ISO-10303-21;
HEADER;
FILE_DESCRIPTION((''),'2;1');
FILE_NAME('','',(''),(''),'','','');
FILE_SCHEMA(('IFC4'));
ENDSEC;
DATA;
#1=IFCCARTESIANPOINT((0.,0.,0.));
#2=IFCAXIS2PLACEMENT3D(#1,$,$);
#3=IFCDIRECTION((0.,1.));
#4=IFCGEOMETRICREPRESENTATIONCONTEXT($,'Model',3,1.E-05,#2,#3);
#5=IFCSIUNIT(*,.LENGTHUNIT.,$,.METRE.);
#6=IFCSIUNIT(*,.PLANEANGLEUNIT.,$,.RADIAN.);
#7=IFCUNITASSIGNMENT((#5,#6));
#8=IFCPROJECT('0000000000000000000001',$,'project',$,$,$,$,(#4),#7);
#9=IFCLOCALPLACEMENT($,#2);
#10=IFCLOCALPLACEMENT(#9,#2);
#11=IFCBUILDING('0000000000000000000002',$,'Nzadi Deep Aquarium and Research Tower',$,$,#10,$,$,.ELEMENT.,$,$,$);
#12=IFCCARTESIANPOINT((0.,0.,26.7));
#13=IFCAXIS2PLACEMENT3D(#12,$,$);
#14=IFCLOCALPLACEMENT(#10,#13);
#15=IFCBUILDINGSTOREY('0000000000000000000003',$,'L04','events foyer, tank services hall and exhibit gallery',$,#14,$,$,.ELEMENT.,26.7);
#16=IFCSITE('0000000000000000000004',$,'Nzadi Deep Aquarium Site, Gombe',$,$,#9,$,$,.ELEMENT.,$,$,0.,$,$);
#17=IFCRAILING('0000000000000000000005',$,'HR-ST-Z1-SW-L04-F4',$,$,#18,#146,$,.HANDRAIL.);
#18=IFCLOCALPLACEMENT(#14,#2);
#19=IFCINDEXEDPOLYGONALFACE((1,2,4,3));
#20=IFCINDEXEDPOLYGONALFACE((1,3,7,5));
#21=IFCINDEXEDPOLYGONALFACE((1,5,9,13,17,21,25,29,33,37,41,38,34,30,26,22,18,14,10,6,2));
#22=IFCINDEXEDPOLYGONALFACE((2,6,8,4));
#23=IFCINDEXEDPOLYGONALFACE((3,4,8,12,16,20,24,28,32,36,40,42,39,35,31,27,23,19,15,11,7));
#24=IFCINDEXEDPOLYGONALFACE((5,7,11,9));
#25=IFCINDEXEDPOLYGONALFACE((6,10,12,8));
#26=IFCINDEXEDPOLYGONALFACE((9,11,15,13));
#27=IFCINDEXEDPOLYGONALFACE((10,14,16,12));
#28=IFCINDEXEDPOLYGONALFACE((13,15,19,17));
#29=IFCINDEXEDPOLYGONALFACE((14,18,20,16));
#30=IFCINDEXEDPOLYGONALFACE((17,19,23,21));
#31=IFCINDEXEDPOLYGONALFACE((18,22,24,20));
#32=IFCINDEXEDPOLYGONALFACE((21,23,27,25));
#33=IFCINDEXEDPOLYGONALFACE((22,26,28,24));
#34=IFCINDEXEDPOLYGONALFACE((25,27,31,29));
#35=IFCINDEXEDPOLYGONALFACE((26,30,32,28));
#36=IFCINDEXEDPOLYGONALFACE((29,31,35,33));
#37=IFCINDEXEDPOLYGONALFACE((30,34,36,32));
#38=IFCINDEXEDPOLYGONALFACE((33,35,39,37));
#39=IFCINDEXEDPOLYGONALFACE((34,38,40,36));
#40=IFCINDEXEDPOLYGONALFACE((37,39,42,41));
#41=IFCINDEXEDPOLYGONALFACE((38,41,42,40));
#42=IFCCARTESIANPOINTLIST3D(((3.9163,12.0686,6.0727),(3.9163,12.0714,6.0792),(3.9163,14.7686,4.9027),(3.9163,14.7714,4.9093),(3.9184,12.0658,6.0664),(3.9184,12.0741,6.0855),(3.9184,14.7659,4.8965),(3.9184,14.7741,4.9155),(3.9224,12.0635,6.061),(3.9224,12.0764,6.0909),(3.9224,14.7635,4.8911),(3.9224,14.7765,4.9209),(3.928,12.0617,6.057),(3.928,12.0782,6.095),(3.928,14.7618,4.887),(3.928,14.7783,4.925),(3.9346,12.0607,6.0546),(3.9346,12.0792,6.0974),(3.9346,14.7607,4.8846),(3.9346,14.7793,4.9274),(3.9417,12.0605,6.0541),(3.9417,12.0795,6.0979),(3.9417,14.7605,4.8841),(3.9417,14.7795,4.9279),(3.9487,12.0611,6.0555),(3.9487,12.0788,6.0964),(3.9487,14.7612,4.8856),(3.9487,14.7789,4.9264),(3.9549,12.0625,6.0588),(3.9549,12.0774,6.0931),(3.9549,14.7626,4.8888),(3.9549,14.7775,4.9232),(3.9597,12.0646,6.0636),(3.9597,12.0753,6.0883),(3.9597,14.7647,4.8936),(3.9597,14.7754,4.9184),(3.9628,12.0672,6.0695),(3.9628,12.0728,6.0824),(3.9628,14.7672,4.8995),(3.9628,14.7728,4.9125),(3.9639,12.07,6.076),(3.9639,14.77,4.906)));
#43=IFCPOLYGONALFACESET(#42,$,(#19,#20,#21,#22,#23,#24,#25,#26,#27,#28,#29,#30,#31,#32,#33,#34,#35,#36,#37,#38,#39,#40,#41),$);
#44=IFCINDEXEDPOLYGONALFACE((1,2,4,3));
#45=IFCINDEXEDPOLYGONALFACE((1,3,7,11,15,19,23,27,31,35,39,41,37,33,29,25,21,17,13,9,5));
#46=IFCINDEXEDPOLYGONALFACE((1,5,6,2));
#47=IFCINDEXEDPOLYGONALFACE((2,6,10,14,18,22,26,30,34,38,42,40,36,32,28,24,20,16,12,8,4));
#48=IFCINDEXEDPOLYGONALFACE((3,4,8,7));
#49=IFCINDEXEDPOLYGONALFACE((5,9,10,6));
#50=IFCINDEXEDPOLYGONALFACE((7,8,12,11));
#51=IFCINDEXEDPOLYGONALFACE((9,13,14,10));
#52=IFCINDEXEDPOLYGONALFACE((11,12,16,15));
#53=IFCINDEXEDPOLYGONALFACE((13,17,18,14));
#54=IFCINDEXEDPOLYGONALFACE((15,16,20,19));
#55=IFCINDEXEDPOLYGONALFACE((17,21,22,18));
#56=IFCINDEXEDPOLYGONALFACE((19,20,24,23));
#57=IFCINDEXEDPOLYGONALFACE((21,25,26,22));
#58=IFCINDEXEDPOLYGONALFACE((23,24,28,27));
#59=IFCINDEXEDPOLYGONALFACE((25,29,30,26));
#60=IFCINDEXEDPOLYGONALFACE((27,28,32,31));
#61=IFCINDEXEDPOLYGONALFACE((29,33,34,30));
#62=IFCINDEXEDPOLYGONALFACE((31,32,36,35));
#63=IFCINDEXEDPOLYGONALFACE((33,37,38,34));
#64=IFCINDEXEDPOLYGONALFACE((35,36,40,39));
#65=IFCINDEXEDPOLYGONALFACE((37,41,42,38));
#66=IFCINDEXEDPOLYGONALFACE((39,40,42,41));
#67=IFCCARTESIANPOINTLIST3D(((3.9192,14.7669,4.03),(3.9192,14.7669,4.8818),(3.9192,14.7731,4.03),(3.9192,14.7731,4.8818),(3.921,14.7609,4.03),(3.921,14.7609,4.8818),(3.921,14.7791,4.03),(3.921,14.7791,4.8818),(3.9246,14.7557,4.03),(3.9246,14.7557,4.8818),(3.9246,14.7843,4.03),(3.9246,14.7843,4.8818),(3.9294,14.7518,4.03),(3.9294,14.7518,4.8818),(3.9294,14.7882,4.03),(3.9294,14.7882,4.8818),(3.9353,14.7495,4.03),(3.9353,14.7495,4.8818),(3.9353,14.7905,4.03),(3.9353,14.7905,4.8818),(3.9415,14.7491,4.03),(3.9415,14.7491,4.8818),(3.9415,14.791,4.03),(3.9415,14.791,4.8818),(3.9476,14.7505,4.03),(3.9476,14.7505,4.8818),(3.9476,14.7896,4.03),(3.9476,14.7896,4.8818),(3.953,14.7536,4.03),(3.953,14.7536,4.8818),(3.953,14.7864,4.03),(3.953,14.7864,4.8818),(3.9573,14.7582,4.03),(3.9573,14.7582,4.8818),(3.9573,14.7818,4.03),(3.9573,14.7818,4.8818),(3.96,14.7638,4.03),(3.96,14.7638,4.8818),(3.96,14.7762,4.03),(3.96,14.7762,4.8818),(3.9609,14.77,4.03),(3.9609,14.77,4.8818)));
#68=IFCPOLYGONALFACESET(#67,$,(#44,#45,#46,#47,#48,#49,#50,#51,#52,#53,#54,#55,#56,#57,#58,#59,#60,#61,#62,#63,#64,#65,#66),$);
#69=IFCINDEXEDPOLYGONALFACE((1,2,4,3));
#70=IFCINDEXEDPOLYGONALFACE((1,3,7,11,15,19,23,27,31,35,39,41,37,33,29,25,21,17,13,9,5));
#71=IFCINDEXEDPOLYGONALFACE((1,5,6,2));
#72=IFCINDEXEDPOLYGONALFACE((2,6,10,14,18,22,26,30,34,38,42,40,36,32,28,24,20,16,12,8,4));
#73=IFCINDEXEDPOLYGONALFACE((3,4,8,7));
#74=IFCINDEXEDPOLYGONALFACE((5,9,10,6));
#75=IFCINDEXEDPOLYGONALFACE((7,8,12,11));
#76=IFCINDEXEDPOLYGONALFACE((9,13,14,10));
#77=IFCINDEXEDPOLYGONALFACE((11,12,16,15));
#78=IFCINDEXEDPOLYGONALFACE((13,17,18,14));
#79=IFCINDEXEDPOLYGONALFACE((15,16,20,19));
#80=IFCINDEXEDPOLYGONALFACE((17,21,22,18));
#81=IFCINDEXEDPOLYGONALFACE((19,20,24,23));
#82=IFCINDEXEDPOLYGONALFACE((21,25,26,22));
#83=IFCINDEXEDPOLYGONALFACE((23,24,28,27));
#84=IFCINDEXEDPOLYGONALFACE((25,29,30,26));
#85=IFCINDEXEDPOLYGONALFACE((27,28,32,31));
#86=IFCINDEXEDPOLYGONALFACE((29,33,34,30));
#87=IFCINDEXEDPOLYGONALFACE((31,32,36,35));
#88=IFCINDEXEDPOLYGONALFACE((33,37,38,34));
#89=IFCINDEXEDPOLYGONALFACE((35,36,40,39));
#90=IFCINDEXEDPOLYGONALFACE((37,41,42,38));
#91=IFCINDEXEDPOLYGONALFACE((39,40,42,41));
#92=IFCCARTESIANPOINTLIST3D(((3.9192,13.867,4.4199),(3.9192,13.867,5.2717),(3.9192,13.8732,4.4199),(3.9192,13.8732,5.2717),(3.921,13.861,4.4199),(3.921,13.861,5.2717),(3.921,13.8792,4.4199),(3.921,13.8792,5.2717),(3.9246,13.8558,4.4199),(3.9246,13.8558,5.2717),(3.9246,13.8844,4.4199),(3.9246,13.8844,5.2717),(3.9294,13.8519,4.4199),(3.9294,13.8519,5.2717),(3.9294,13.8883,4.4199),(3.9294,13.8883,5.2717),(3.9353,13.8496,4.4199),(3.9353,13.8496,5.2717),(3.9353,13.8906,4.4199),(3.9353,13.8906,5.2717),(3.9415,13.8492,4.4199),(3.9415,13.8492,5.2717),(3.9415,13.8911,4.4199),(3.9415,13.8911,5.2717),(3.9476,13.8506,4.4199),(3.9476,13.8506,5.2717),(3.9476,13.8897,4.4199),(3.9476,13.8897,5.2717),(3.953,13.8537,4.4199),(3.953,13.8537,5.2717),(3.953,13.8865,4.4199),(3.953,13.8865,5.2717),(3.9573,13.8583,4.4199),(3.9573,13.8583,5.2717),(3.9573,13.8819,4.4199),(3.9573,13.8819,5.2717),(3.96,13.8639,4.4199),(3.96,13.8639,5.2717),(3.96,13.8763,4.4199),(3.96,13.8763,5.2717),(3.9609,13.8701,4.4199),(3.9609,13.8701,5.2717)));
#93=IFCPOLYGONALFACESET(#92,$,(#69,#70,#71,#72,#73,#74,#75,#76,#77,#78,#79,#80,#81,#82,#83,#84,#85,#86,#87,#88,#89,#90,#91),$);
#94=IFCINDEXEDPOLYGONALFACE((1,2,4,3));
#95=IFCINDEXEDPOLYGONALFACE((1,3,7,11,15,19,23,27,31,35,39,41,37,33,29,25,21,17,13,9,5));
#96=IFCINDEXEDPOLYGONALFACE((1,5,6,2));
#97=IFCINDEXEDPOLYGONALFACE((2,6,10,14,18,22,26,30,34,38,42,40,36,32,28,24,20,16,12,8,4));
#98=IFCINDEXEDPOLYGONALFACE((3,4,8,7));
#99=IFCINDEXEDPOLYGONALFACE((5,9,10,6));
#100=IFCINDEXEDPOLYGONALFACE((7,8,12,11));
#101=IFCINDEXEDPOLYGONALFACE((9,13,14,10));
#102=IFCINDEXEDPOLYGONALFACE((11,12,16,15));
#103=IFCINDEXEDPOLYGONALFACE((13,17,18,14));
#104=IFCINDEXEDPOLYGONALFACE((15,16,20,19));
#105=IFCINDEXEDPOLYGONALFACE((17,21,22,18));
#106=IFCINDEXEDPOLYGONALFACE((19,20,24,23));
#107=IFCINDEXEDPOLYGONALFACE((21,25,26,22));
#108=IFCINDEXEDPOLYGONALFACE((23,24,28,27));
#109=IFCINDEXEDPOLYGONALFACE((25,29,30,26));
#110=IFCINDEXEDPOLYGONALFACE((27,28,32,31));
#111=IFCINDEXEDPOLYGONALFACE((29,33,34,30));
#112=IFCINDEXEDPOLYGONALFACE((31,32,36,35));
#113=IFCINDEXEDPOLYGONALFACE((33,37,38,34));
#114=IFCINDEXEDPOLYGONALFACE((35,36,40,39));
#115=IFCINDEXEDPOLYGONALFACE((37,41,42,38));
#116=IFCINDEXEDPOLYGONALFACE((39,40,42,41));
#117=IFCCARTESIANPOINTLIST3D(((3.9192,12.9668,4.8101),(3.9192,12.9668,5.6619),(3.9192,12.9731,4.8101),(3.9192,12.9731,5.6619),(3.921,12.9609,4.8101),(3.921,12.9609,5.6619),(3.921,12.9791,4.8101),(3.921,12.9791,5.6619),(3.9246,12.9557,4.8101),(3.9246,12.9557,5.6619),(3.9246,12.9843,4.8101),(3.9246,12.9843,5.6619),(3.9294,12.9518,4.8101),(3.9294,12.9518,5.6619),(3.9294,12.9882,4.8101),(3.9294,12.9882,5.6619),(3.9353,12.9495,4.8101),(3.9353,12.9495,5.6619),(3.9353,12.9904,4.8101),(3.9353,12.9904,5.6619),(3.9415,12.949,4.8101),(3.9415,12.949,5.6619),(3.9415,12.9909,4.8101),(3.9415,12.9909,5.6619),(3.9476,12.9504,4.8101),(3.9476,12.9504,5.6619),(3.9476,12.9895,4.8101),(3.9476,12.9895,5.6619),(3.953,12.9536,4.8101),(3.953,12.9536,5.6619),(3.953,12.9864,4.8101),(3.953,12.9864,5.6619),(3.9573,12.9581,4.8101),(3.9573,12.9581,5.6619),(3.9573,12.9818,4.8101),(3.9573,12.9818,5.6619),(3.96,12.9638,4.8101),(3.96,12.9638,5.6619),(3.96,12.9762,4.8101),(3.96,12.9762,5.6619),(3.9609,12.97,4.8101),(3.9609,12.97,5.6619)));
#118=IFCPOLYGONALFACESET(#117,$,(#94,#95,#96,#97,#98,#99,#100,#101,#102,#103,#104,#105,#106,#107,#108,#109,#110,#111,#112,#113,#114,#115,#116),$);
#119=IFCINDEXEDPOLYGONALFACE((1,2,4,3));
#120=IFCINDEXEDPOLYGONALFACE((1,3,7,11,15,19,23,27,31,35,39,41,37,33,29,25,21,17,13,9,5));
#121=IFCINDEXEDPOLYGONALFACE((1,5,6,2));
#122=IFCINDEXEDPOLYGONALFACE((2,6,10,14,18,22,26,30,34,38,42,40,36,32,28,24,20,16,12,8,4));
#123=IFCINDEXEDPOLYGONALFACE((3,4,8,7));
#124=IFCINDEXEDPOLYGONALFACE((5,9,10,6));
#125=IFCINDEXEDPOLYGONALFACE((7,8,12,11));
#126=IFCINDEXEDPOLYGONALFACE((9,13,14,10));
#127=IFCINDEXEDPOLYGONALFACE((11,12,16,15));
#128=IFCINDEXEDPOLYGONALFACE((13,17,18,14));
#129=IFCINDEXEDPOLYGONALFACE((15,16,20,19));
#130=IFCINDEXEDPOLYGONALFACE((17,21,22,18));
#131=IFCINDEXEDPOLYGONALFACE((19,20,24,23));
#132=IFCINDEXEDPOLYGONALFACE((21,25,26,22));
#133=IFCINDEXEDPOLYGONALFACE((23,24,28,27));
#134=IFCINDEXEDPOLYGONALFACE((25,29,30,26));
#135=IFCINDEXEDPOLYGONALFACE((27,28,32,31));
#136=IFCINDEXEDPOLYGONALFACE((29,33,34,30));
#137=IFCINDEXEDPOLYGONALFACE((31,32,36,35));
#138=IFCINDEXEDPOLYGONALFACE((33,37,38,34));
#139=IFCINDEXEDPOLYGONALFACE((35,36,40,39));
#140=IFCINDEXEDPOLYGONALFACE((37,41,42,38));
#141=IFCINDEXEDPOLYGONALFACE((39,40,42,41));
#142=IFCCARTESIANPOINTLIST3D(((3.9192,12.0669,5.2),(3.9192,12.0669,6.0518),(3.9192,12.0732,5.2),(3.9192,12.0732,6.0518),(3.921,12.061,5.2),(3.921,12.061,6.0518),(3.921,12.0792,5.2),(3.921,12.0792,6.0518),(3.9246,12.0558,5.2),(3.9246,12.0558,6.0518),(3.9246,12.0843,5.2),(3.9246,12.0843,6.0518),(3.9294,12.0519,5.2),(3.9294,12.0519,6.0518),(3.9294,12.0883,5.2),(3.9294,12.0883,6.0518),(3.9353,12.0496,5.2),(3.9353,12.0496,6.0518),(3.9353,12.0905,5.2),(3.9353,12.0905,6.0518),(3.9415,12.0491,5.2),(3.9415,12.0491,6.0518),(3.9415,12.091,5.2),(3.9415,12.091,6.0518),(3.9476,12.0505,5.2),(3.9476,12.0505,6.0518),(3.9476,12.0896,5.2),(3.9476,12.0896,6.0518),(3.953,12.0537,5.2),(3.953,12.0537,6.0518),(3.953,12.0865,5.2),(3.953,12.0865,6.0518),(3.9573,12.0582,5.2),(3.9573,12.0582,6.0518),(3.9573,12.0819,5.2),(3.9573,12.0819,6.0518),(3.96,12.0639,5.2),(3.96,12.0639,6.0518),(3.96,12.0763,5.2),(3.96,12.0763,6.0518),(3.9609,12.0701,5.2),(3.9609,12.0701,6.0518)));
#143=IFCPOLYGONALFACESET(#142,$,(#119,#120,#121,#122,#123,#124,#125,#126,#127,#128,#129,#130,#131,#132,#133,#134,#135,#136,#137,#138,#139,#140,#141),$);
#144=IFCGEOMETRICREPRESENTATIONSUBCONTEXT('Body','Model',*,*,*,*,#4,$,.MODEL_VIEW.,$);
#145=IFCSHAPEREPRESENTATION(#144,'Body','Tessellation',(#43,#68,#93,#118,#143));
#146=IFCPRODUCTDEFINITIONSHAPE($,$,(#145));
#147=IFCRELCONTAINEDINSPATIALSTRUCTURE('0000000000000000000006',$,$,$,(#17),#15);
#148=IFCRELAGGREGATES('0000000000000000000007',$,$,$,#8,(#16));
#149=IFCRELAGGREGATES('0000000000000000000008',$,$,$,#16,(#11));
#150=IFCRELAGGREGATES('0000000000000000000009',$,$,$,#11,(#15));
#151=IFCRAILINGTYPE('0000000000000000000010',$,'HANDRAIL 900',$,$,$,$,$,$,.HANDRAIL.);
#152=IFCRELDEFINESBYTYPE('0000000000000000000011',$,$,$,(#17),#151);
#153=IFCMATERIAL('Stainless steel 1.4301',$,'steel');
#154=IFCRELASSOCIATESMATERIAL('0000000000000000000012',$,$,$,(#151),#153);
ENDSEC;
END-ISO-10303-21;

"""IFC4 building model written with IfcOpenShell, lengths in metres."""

from ifc_helpers import new_model, si_unit, direction, frame, origin, origin_2d, place, context, subcontext, project, spatial, circle, extrude, material, type_object, element, save


model = new_model("IFC4")

# Units and contexts
model_context = context("Model", 3, precision=1e-05, world=origin(), true_north=direction((0.0, 1.0)))
body_context = subcontext(model_context, "Body", "Model", "MODEL_VIEW")
ifc_project = project(units=[si_unit("LENGTHUNIT", "METRE"), si_unit("PLANEANGLEUNIT", "RADIAN")], contexts=[model_context])

# Site, building, storey
site_placement = place(None, origin())
site = spatial("IfcSite", under=ifc_project, at=site_placement, Name="Nzadi Deep Aquarium Site, Gombe", CompositionType="ELEMENT", RefElevation=0.0)
building_placement = place(site_placement, origin())
building = spatial("IfcBuilding", under=site, at=building_placement, Name="Nzadi Deep Aquarium and Research Tower", CompositionType="ELEMENT")
storey_placement = place(building_placement, frame((0.0, 0.0, 26.7)))
storey = spatial("IfcBuildingStorey", under=building, at=storey_placement, Name="L04", Description="events foyer, tank services hall and exhibit gallery", CompositionType="ELEMENT", Elevation=26.7)

# Railing
ifc_material_1 = material(Name="Stainless steel 1.4301", Category="steel")
railing_type = type_object("IfcRailingType", Name="HANDRAIL 900", PredefinedType="HANDRAIL", material=ifc_material_1)
for number, where, name in (
    (1, (3.9399, 14.77, 4.03), "HR-ST-Z1-SW-L04-F4"),
):
    element("IfcRailing", number, at=place(storey_placement, frame(where)), inside=storey, type_object=railing_type, Name=name, PredefinedType="HANDRAIL", context=body_context, shape_type="SweptSolid", body=[
        extrude(circle(Radius=0.0239, at=origin_2d()), frame((0.0, 0.0, 0.876), z_axis=(0.0, -0.917563, 0.397591), x_axis=(1.0, 0.0, 0.0)), (0.0, 0.0, 1.0), 2.9426),
        extrude(circle(Radius=0.021, at=origin_2d()), origin(), (0.0, 0.0, 1.0), 0.8518),
        extrude(circle(Radius=0.021, at=origin_2d()), frame((0.0, -0.8999, 0.3899)), (0.0, 0.0, 1.0), 0.8518),
        extrude(circle(Radius=0.021, at=origin_2d()), frame((0.0, -1.8, 0.78)), (0.0, 0.0, 1.0), 0.8518),
        extrude(circle(Radius=0.021, at=origin_2d()), frame((0.0, -2.7, 1.1699)), (0.0, 0.0, 1.0), 0.8518),
    ])

save(model, "model.ifc")
